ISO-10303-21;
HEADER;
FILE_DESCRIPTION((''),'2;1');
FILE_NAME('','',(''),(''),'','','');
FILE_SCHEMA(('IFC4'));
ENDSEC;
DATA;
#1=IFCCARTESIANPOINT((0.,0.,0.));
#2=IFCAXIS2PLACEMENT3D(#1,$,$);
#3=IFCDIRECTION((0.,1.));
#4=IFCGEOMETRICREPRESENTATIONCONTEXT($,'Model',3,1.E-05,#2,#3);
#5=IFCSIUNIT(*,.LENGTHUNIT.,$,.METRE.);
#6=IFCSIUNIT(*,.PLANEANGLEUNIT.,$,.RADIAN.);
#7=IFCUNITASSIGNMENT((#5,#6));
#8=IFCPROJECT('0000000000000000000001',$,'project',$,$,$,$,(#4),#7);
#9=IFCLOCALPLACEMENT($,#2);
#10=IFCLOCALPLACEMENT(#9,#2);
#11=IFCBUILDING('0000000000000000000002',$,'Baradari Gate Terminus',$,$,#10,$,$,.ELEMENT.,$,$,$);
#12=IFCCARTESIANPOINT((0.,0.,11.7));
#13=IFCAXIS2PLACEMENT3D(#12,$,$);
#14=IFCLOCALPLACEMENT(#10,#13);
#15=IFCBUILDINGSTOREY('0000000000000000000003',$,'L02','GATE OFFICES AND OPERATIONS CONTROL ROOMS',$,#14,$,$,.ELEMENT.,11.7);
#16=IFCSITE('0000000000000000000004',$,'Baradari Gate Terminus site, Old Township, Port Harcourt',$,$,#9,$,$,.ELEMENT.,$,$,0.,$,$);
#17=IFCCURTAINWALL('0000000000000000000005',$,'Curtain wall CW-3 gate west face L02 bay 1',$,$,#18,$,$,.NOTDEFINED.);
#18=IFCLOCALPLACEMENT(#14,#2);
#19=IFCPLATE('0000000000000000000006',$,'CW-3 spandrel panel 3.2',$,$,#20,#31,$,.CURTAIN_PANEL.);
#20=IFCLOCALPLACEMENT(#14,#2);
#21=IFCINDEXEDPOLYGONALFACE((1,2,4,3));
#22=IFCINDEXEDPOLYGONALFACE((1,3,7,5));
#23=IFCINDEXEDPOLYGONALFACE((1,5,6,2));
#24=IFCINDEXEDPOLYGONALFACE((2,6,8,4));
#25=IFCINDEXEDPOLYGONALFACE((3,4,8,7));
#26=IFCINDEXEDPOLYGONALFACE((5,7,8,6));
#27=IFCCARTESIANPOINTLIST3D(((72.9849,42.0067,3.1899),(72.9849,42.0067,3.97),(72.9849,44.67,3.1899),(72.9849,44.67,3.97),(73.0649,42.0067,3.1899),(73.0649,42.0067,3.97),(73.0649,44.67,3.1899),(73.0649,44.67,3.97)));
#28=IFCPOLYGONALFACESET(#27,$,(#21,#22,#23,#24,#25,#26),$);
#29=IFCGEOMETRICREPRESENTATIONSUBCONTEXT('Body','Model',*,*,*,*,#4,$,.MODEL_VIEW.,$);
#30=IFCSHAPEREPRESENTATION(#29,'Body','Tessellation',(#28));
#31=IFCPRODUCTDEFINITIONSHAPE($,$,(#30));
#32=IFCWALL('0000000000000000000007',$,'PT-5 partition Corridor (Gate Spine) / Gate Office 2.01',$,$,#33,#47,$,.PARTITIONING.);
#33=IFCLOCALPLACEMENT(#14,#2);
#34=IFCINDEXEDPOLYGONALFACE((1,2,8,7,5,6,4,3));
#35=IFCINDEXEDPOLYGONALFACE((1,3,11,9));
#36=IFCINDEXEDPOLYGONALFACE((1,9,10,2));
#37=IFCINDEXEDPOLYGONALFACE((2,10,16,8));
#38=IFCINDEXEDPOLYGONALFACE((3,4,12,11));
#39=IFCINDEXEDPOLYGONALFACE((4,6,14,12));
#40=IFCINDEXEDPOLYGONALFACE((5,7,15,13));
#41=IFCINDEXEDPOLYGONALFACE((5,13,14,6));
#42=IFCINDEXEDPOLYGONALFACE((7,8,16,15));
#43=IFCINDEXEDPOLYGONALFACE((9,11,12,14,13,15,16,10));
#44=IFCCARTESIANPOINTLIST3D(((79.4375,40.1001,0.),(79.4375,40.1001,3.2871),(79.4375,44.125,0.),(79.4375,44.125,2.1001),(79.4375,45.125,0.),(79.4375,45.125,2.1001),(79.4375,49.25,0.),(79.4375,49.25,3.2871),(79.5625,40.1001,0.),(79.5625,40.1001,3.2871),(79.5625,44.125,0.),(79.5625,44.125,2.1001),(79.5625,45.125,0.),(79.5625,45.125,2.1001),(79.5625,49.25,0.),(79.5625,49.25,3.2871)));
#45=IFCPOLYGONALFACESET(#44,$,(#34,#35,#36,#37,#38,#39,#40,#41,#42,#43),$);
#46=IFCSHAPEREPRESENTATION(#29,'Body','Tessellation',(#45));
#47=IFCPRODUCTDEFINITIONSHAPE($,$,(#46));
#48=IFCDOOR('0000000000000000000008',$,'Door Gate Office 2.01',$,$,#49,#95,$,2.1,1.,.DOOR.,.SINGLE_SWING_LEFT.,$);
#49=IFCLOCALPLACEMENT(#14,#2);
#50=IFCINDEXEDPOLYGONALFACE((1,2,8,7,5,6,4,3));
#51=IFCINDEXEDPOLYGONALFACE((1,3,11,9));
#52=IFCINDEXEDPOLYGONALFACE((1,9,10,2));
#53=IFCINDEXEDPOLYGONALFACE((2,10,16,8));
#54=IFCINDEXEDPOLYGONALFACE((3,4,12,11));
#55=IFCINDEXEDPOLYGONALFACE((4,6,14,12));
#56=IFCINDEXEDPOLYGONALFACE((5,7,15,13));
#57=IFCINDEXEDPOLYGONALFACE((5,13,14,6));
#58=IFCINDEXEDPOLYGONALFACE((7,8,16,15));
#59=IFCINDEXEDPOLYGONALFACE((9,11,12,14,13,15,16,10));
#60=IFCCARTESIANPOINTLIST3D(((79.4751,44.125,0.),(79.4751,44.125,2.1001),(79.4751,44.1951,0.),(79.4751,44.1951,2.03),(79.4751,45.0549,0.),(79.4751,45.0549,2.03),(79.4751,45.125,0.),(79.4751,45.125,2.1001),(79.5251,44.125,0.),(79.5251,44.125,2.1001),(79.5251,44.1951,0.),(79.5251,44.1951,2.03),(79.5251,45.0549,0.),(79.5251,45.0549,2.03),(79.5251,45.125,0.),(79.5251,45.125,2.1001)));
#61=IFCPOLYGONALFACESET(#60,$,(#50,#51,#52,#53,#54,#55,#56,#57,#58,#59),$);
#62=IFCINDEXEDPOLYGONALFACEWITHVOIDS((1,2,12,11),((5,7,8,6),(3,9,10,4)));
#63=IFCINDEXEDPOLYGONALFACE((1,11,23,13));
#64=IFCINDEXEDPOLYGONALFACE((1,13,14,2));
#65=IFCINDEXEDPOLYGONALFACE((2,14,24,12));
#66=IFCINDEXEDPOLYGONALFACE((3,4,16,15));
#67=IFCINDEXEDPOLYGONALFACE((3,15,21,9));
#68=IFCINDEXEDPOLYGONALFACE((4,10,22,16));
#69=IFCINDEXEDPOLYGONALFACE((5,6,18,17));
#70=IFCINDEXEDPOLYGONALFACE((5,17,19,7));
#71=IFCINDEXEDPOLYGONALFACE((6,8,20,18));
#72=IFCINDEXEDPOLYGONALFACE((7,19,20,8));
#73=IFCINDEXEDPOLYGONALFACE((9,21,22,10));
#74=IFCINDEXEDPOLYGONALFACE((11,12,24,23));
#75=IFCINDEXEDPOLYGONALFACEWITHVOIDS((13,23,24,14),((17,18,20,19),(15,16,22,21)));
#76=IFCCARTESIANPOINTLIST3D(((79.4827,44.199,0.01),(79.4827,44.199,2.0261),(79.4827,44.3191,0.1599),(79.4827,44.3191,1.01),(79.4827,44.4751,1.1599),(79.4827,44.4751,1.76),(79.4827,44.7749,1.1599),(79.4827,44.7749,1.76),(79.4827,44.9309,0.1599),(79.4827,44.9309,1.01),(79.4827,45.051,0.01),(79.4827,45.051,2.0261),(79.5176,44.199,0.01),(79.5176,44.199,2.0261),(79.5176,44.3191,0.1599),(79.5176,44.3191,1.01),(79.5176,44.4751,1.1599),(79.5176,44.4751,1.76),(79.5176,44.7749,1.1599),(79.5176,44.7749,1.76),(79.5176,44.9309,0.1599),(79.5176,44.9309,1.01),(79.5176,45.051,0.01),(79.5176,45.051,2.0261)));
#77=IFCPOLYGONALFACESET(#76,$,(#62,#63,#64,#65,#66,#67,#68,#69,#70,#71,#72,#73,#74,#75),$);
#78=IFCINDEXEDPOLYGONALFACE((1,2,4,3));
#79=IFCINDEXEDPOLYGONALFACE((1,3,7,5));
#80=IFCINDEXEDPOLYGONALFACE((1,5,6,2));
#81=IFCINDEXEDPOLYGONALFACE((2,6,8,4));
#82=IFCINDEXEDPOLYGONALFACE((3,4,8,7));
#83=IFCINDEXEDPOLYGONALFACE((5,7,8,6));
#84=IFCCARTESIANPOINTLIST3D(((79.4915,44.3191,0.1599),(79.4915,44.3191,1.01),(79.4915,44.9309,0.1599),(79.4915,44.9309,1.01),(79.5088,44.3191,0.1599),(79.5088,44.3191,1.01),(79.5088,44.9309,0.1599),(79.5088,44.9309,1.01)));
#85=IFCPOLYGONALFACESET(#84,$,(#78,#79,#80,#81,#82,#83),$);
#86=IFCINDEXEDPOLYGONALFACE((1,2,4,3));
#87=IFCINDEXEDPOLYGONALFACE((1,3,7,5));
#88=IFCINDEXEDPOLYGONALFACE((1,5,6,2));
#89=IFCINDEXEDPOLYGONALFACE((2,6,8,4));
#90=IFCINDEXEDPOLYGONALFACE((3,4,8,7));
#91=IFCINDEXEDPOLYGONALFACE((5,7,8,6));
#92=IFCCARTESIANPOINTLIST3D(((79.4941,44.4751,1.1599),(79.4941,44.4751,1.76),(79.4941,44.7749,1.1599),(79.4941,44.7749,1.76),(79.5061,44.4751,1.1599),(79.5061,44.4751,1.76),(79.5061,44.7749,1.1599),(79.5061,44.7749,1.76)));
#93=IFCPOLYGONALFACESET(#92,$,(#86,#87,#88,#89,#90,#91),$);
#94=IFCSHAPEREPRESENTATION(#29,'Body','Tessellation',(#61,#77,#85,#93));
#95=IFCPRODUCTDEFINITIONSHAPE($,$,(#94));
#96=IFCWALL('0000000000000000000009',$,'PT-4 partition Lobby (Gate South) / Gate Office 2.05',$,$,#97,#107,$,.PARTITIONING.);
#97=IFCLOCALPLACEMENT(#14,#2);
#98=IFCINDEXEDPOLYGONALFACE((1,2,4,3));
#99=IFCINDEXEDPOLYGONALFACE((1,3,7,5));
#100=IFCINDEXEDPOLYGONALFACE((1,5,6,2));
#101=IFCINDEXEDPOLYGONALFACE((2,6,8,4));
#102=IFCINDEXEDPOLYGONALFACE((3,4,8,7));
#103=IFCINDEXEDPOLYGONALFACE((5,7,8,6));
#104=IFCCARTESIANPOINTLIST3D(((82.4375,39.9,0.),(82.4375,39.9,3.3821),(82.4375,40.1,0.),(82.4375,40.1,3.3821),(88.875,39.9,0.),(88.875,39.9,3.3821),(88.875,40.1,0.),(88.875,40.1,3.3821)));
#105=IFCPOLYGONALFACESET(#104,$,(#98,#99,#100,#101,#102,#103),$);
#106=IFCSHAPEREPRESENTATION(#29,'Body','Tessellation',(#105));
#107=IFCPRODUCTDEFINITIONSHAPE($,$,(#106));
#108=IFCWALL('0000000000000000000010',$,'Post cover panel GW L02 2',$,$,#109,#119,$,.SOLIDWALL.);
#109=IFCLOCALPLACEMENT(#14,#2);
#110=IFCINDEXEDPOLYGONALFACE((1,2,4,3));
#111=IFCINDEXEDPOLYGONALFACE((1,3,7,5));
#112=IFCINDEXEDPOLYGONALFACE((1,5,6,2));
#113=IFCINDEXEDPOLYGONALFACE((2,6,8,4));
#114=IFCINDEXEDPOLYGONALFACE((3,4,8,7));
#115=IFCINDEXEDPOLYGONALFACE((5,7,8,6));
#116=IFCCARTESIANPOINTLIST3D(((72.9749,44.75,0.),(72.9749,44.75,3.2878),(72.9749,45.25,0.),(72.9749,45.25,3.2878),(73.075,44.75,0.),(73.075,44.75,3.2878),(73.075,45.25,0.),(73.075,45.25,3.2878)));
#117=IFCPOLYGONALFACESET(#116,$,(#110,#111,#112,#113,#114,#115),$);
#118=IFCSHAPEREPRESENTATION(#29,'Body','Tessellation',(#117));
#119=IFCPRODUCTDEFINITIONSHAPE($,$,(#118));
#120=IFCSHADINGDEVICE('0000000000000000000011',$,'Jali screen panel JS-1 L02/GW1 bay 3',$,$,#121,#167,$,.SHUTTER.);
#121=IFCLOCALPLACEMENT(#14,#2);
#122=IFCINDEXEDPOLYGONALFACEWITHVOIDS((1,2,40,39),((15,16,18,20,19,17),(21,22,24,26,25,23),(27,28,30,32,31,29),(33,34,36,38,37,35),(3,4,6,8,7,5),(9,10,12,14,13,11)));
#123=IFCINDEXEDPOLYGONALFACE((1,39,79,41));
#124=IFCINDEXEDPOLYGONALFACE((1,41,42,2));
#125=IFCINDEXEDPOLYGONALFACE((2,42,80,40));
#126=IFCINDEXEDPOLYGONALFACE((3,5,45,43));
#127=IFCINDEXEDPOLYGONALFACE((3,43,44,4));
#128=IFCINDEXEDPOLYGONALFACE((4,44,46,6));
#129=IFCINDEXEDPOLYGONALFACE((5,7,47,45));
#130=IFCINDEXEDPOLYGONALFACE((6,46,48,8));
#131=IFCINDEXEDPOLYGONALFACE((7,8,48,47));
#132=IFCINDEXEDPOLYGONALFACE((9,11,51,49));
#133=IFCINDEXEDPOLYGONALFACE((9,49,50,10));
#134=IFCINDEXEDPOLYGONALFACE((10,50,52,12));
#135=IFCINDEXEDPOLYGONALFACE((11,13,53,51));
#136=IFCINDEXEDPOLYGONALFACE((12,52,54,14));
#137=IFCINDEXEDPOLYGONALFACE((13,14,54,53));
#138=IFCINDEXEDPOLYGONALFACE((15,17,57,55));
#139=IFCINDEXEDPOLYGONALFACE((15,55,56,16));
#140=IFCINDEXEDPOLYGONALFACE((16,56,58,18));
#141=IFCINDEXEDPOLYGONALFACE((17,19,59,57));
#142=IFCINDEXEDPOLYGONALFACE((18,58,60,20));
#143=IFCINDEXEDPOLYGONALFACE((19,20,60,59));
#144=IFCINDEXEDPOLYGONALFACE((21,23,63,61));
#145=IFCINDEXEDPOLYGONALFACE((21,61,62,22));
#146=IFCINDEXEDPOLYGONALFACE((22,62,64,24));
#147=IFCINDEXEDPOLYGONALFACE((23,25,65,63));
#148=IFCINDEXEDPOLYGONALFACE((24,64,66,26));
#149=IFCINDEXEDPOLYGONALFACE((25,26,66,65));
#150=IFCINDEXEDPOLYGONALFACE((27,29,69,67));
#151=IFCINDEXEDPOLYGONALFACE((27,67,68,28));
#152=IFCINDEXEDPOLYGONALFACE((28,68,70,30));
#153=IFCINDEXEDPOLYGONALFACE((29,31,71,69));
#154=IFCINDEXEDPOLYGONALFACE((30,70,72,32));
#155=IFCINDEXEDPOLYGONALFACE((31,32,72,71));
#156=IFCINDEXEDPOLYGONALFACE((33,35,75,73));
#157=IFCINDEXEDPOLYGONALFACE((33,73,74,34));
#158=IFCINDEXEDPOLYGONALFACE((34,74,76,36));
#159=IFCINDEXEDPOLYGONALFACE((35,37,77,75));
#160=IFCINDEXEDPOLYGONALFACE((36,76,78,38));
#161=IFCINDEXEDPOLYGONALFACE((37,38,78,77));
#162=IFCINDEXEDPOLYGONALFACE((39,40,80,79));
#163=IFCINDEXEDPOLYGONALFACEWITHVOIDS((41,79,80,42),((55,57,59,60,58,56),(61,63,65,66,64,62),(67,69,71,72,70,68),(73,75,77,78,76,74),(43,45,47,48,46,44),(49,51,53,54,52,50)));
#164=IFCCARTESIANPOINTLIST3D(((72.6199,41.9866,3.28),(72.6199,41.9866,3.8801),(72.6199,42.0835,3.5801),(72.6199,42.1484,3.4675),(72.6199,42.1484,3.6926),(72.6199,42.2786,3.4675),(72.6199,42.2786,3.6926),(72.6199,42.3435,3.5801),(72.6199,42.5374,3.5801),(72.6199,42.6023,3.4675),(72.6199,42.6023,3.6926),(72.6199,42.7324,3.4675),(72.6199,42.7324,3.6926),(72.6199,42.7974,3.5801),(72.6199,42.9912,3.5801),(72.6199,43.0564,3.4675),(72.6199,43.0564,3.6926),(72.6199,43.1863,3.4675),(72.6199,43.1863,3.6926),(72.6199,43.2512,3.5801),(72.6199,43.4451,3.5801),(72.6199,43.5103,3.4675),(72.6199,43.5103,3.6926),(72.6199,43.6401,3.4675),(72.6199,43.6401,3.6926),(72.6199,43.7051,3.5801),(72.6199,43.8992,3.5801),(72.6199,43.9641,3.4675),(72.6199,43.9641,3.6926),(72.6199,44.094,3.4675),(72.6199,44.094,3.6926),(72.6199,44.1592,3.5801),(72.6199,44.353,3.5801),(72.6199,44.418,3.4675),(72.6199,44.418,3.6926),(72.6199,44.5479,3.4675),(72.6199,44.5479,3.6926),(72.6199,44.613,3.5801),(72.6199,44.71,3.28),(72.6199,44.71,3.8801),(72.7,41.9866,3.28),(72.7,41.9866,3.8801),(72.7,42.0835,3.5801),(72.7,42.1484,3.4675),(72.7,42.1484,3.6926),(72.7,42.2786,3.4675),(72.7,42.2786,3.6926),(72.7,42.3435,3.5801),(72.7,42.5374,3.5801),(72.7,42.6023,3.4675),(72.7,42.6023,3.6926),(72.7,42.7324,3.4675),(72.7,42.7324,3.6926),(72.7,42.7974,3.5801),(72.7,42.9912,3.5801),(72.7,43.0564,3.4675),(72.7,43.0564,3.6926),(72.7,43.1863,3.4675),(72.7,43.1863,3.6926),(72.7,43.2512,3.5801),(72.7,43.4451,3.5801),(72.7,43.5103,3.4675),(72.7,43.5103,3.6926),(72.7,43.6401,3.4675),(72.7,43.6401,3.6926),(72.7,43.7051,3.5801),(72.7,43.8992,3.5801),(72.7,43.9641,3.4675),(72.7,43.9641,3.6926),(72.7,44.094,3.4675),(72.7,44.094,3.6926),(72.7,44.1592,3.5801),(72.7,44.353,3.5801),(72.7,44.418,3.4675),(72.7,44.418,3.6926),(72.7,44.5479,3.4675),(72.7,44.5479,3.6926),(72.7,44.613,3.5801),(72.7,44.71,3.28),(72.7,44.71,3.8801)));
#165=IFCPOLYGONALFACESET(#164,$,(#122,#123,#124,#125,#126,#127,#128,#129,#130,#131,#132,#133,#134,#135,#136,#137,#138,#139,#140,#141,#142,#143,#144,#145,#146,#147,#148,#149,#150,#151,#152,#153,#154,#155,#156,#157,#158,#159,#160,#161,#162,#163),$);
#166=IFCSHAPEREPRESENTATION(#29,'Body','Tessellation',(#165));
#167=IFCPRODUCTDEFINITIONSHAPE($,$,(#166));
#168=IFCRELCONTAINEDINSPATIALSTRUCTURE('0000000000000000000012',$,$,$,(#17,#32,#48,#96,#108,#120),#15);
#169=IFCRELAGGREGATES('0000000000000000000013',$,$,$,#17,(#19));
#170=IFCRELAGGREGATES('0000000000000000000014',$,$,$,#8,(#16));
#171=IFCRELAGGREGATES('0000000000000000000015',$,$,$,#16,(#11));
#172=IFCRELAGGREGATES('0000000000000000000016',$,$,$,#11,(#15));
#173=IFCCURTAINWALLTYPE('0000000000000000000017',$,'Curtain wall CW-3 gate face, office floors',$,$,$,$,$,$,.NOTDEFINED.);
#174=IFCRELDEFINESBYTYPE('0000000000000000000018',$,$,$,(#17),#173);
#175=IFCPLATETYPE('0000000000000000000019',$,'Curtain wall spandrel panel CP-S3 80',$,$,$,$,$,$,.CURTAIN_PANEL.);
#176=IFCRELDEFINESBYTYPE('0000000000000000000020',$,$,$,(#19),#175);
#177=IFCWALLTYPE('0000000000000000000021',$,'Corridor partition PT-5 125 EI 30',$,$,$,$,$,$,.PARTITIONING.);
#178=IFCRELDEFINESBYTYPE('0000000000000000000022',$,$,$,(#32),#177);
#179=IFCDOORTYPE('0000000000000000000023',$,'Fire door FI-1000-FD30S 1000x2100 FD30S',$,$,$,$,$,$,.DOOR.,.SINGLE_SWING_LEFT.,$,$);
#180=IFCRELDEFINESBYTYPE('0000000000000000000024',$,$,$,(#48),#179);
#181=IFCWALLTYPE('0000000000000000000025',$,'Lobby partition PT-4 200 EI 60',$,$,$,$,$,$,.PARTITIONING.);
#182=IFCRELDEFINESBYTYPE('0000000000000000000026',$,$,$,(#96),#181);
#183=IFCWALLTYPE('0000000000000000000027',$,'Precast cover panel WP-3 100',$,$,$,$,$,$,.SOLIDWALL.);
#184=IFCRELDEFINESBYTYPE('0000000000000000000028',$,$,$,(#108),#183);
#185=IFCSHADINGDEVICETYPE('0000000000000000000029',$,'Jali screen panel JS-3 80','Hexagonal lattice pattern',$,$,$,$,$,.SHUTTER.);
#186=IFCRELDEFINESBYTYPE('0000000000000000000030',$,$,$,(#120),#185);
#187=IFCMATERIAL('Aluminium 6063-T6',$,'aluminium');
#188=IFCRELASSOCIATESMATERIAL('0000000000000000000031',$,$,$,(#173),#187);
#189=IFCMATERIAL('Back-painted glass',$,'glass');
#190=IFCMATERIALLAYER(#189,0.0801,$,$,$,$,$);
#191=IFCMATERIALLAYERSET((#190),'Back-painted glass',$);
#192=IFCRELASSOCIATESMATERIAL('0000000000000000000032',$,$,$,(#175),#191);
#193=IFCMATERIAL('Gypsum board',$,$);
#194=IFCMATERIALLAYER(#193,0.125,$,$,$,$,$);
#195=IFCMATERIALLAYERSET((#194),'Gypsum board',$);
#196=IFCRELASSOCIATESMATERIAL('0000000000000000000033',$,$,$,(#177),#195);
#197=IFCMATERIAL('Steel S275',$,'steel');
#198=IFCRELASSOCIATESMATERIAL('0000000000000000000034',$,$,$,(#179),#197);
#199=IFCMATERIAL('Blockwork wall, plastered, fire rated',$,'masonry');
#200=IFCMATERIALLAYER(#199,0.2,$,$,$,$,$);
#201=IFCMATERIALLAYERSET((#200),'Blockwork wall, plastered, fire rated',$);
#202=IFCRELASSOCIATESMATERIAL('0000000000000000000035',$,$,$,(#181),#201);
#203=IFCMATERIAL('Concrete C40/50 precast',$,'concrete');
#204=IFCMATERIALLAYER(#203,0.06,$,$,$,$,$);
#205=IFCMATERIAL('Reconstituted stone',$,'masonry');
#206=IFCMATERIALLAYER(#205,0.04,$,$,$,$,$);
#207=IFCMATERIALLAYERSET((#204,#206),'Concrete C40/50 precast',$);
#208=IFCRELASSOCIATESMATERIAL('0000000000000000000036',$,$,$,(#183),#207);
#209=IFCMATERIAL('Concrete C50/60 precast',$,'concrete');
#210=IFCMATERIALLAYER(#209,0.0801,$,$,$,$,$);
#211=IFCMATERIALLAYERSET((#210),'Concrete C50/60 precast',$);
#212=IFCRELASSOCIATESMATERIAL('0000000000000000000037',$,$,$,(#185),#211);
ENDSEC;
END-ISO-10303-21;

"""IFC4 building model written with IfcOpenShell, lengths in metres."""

from ifc_helpers import new_model, si_unit, direction, frame, frame_2d, origin, origin_2d, place, context, subcontext, project, spatial, polyline, rectangle, outline, extrude, material, layer, layer_set, type_object, element, fill, aggregate, save


model = new_model("IFC4")

# Units and contexts
model_context = context("Model", 3, precision=1e-05, world=origin(), true_north=direction((0.0, 1.0)))
body_context = subcontext(model_context, "Body", "Model", "MODEL_VIEW")
ifc_project = project(units=[si_unit("LENGTHUNIT", "METRE"), si_unit("PLANEANGLEUNIT", "RADIAN")], contexts=[model_context])

# Site, building, storey
site_placement = place(None, origin())
site = spatial("IfcSite", under=ifc_project, at=site_placement, Name="Baradari Gate Terminus site, Old Township, Port Harcourt", CompositionType="ELEMENT", RefElevation=0.0)
building_placement = place(site_placement, origin())
building = spatial("IfcBuilding", under=site, at=building_placement, Name="Baradari Gate Terminus", CompositionType="ELEMENT")
storey_placement = place(building_placement, frame((0.0, 0.0, 11.7)))
storey = spatial("IfcBuildingStorey", under=building, at=storey_placement, Name="L02", Description="GATE OFFICES AND OPERATIONS CONTROL ROOMS", CompositionType="ELEMENT", Elevation=11.7)

# Curtain wall
ifc_material_1 = material(Name="Aluminium 6063-T6", Category="aluminium")
curtain_wall_type = type_object("IfcCurtainWallType", Name="Curtain wall CW-3 gate face, office floors", PredefinedType="NOTDEFINED", material=ifc_material_1)
curtain_wall_1_placement = place(storey_placement, origin())
curtain_wall_1 = element("IfcCurtainWall", 1, at=curtain_wall_1_placement, inside=storey, type_object=curtain_wall_type, Name="Curtain wall CW-3 gate west face L02 bay 1", PredefinedType="NOTDEFINED")

# Plate
ifc_material_2 = material(Name="Back-painted glass", Category="glass")
ifc_layer_1 = layer(ifc_material_2, 0.0801)
ifc_layer_set_1 = layer_set([ifc_layer_1], Name="Back-painted glass")
plate_type_1 = type_object("IfcPlateType", Name="Curtain wall spandrel panel CP-S3 80", PredefinedType="CURTAIN_PANEL", material=ifc_layer_set_1)
plate_1_placement = place(storey_placement, frame((73.0249, 43.3384, 3.1899), z_axis=(0.0, 0.0, 1.0), x_axis=(0.0, 1.0, 0.0)))
plate_1 = element("IfcPlate", 2, at=plate_1_placement, type_object=plate_type_1, Name="CW-3 spandrel panel 3.2", PredefinedType="CURTAIN_PANEL", context=body_context, shape_type="SweptSolid", body=[
    extrude(rectangle(XDim=2.6633, YDim=0.0801, at=origin_2d()), origin(), (0.0, 0.0, 1.0), 0.78),
])
aggregate(curtain_wall_1, [plate_1])

# Wall, opening, door
ifc_material_3 = material(Name="Gypsum board")
ifc_layer_2 = layer(ifc_material_3, 0.125)
ifc_layer_set_2 = layer_set([ifc_layer_2], Name="Gypsum board")
wall_type_1 = type_object("IfcWallType", Name="Corridor partition PT-5 125 EI 30", PredefinedType="PARTITIONING", material=ifc_layer_set_2)
wall_1_placement = place(storey_placement, frame((79.5, 40.1001, 0.0), z_axis=(0.0, 0.0, 1.0), x_axis=(0.0, 1.0, 0.0)))
wall_1 = element("IfcWall", 3, at=wall_1_placement, inside=storey, type_object=wall_type_1, Name="PT-5 partition Corridor (Gate Spine) / Gate Office 2.01", PredefinedType="PARTITIONING", context=body_context, shape_type="SweptSolid", body=[
    extrude(rectangle(XDim=9.1499, YDim=0.125, at=frame_2d((4.575, 0.0))), origin(), (0.0, 0.0, 1.0), 3.2871),
])
opening_placement = place(wall_1_placement, frame((4.0249, 0.0, 0.0)))
opening = element("IfcOpeningElement", 4, at=opening_placement, cuts=wall_1, PredefinedType="OPENING", context=body_context, shape_type="SweptSolid", body=[
    extrude(rectangle(XDim=1.0, YDim=2.1001, at=frame_2d((0.5, 1.05))), frame((0.0, 0.0725, 0.0), z_axis=(0.0, -1.0, 0.0), x_axis=(1.0, 0.0, 0.0)), (0.0, 0.0, 1.0), 0.145),
])
ifc_material_4 = material(Name="Steel S275", Category="steel")
door_type = type_object("IfcDoorType", Name="Fire door FI-1000-FD30S 1000x2100 FD30S", OperationType="SINGLE_SWING_LEFT", PredefinedType="DOOR", material=ifc_material_4)
door_placement = place(opening_placement, origin())
door = element("IfcDoor", 5, at=door_placement, inside=storey, type_object=door_type, Name="Door Gate Office 2.01", OperationType="SINGLE_SWING_LEFT", OverallHeight=2.1, OverallWidth=1.0, PredefinedType="DOOR", context=body_context, shape_type="SweptSolid", body=[
    extrude(outline(polyline([(0.0, 0.0), (0.0701, 0.0), (0.0701, 2.03), (0.9299, 2.03), (0.9299, 0.0), (1.0, 0.0), (1.0, 2.1001), (0.0, 2.1001), (0.0, 0.0)])), frame((0.0, 0.0249, 0.0), z_axis=(0.0, -1.0, 0.0), x_axis=(1.0, 0.0, 0.0)), (0.0, 0.0, 1.0), 0.05),
    extrude(outline(polyline([(0.074, 0.01), (0.926, 0.01), (0.926, 2.0261), (0.074, 2.0261), (0.074, 0.01)]), holes=[polyline([(0.1941, 0.1599), (0.8059, 0.1599), (0.8059, 1.01), (0.1941, 1.01), (0.1941, 0.1599)]), polyline([(0.3501, 1.1599), (0.6499, 1.1599), (0.6499, 1.76), (0.3501, 1.76), (0.3501, 1.1599)])]), frame((0.0, 0.0173, 0.0), z_axis=(0.0, -1.0, 0.0), x_axis=(1.0, 0.0, 0.0)), (0.0, 0.0, 1.0), 0.0349),
    extrude(rectangle(XDim=0.6118, YDim=0.8501, at=frame_2d((0.5, 0.585))), frame((0.0, 0.0085, 0.0), z_axis=(0.0, -1.0, 0.0), x_axis=(1.0, 0.0, 0.0)), (0.0, 0.0, 1.0), 0.0173),
    extrude(rectangle(XDim=0.2998, YDim=0.6001, at=frame_2d((0.5, 1.46))), frame((0.0, 0.0059, 0.0), z_axis=(0.0, -1.0, 0.0), x_axis=(1.0, 0.0, 0.0)), (0.0, 0.0, 1.0), 0.012),
])
fill(opening, door)

# Walls
ifc_material_5 = material(Name="Blockwork wall, plastered, fire rated", Category="masonry")
ifc_layer_3 = layer(ifc_material_5, 0.2)
ifc_layer_set_3 = layer_set([ifc_layer_3], Name="Blockwork wall, plastered, fire rated")
wall_type_2 = type_object("IfcWallType", Name="Lobby partition PT-4 200 EI 60", PredefinedType="PARTITIONING", material=ifc_layer_set_3)
wall_2_placement = place(storey_placement, frame((82.4375, 40.0, 0.0), z_axis=(0.0, 0.0, 1.0), x_axis=(1.0, 0.0, 0.0)))
element("IfcWall", 6, at=wall_2_placement, inside=storey, type_object=wall_type_2, Name="PT-4 partition Lobby (Gate South) / Gate Office 2.05", PredefinedType="PARTITIONING", context=body_context, shape_type="SweptSolid", body=[
    extrude(rectangle(XDim=6.4375, YDim=0.2, at=frame_2d((3.2188, 0.0))), origin(), (0.0, 0.0, 1.0), 3.3821),
])
ifc_material_6 = material(Name="Concrete C40/50 precast", Category="concrete")
ifc_layer_4 = layer(ifc_material_6, 0.06)
ifc_material_7 = material(Name="Reconstituted stone", Category="masonry")
ifc_layer_5 = layer(ifc_material_7, 0.04)
ifc_layer_set_4 = layer_set([ifc_layer_4, ifc_layer_5], Name="Concrete C40/50 precast")
wall_type_3 = type_object("IfcWallType", Name="Precast cover panel WP-3 100", PredefinedType="SOLIDWALL", material=ifc_layer_set_4)
wall_3_placement = place(storey_placement, frame((73.0249, 44.75, 0.0), z_axis=(0.0, 0.0, 1.0), x_axis=(0.0, 1.0, 0.0)))
element("IfcWall", 7, at=wall_3_placement, inside=storey, type_object=wall_type_3, Name="Post cover panel GW L02 2", PredefinedType="SOLIDWALL", context=body_context, shape_type="SweptSolid", body=[
    extrude(rectangle(XDim=0.5, YDim=0.1001, at=frame_2d((0.25, 0.0))), origin(), (0.0, 0.0, 1.0), 3.2878),
])

# Shading device
ifc_material_8 = material(Name="Concrete C50/60 precast", Category="concrete")
ifc_layer_6 = layer(ifc_material_8, 0.0801)
ifc_layer_set_5 = layer_set([ifc_layer_6], Name="Concrete C50/60 precast")
shading_device_type = type_object("IfcShadingDeviceType", Name="Jali screen panel JS-3 80", Description="Hexagonal lattice pattern", PredefinedType="SHUTTER", material=ifc_layer_set_5)
shading_device_1_placement = place(storey_placement, frame((72.6599, 41.9866, 3.28), z_axis=(0.0, 0.0, 1.0), x_axis=(0.0, 1.0, 0.0)))
element("IfcShadingDevice", 8, at=shading_device_1_placement, inside=storey, type_object=shading_device_type, Name="Jali screen panel JS-1 L02/GW1 bay 3", PredefinedType="SHUTTER", context=body_context, shape_type="SweptSolid", body=[
    extrude(outline(polyline([(0.0, 0.0), (2.7234, 0.0), (2.7234, 0.6001), (0.0, 0.6001), (0.0, 0.0)]), holes=[polyline([(0.3569, 0.3), (0.292, 0.1875), (0.1619, 0.1875), (0.0969, 0.3), (0.1619, 0.4126), (0.292, 0.4126), (0.3569, 0.3)]), polyline([(0.8108, 0.3), (0.7458, 0.1875), (0.6157, 0.1875), (0.5508, 0.3), (0.6157, 0.4126), (0.7458, 0.4126), (0.8108, 0.3)]), polyline([(1.2646, 0.3), (1.1997, 0.1875), (1.0698, 0.1875), (1.0046, 0.3), (1.0698, 0.4126), (1.1997, 0.4126), (1.2646, 0.3)]), polyline([(1.7185, 0.3), (1.6536, 0.1875), (1.5237, 0.1875), (1.4585, 0.3), (1.5237, 0.4126), (1.6536, 0.4126), (1.7185, 0.3)]), polyline([(2.1726, 0.3), (2.1074, 0.1875), (1.9775, 0.1875), (1.9126, 0.3), (1.9775, 0.4126), (2.1074, 0.4126), (2.1726, 0.3)]), polyline([(2.6265, 0.3), (2.5613, 0.1875), (2.4314, 0.1875), (2.3665, 0.3), (2.4314, 0.4126), (2.5613, 0.4126), (2.6265, 0.3)])]), frame((0.0, 0.04, 0.0), z_axis=(0.0, -1.0, 0.0), x_axis=(1.0, 0.0, 0.0)), (0.0, 0.0, 1.0), 0.0801),
])

save(model, "model.ifc")
